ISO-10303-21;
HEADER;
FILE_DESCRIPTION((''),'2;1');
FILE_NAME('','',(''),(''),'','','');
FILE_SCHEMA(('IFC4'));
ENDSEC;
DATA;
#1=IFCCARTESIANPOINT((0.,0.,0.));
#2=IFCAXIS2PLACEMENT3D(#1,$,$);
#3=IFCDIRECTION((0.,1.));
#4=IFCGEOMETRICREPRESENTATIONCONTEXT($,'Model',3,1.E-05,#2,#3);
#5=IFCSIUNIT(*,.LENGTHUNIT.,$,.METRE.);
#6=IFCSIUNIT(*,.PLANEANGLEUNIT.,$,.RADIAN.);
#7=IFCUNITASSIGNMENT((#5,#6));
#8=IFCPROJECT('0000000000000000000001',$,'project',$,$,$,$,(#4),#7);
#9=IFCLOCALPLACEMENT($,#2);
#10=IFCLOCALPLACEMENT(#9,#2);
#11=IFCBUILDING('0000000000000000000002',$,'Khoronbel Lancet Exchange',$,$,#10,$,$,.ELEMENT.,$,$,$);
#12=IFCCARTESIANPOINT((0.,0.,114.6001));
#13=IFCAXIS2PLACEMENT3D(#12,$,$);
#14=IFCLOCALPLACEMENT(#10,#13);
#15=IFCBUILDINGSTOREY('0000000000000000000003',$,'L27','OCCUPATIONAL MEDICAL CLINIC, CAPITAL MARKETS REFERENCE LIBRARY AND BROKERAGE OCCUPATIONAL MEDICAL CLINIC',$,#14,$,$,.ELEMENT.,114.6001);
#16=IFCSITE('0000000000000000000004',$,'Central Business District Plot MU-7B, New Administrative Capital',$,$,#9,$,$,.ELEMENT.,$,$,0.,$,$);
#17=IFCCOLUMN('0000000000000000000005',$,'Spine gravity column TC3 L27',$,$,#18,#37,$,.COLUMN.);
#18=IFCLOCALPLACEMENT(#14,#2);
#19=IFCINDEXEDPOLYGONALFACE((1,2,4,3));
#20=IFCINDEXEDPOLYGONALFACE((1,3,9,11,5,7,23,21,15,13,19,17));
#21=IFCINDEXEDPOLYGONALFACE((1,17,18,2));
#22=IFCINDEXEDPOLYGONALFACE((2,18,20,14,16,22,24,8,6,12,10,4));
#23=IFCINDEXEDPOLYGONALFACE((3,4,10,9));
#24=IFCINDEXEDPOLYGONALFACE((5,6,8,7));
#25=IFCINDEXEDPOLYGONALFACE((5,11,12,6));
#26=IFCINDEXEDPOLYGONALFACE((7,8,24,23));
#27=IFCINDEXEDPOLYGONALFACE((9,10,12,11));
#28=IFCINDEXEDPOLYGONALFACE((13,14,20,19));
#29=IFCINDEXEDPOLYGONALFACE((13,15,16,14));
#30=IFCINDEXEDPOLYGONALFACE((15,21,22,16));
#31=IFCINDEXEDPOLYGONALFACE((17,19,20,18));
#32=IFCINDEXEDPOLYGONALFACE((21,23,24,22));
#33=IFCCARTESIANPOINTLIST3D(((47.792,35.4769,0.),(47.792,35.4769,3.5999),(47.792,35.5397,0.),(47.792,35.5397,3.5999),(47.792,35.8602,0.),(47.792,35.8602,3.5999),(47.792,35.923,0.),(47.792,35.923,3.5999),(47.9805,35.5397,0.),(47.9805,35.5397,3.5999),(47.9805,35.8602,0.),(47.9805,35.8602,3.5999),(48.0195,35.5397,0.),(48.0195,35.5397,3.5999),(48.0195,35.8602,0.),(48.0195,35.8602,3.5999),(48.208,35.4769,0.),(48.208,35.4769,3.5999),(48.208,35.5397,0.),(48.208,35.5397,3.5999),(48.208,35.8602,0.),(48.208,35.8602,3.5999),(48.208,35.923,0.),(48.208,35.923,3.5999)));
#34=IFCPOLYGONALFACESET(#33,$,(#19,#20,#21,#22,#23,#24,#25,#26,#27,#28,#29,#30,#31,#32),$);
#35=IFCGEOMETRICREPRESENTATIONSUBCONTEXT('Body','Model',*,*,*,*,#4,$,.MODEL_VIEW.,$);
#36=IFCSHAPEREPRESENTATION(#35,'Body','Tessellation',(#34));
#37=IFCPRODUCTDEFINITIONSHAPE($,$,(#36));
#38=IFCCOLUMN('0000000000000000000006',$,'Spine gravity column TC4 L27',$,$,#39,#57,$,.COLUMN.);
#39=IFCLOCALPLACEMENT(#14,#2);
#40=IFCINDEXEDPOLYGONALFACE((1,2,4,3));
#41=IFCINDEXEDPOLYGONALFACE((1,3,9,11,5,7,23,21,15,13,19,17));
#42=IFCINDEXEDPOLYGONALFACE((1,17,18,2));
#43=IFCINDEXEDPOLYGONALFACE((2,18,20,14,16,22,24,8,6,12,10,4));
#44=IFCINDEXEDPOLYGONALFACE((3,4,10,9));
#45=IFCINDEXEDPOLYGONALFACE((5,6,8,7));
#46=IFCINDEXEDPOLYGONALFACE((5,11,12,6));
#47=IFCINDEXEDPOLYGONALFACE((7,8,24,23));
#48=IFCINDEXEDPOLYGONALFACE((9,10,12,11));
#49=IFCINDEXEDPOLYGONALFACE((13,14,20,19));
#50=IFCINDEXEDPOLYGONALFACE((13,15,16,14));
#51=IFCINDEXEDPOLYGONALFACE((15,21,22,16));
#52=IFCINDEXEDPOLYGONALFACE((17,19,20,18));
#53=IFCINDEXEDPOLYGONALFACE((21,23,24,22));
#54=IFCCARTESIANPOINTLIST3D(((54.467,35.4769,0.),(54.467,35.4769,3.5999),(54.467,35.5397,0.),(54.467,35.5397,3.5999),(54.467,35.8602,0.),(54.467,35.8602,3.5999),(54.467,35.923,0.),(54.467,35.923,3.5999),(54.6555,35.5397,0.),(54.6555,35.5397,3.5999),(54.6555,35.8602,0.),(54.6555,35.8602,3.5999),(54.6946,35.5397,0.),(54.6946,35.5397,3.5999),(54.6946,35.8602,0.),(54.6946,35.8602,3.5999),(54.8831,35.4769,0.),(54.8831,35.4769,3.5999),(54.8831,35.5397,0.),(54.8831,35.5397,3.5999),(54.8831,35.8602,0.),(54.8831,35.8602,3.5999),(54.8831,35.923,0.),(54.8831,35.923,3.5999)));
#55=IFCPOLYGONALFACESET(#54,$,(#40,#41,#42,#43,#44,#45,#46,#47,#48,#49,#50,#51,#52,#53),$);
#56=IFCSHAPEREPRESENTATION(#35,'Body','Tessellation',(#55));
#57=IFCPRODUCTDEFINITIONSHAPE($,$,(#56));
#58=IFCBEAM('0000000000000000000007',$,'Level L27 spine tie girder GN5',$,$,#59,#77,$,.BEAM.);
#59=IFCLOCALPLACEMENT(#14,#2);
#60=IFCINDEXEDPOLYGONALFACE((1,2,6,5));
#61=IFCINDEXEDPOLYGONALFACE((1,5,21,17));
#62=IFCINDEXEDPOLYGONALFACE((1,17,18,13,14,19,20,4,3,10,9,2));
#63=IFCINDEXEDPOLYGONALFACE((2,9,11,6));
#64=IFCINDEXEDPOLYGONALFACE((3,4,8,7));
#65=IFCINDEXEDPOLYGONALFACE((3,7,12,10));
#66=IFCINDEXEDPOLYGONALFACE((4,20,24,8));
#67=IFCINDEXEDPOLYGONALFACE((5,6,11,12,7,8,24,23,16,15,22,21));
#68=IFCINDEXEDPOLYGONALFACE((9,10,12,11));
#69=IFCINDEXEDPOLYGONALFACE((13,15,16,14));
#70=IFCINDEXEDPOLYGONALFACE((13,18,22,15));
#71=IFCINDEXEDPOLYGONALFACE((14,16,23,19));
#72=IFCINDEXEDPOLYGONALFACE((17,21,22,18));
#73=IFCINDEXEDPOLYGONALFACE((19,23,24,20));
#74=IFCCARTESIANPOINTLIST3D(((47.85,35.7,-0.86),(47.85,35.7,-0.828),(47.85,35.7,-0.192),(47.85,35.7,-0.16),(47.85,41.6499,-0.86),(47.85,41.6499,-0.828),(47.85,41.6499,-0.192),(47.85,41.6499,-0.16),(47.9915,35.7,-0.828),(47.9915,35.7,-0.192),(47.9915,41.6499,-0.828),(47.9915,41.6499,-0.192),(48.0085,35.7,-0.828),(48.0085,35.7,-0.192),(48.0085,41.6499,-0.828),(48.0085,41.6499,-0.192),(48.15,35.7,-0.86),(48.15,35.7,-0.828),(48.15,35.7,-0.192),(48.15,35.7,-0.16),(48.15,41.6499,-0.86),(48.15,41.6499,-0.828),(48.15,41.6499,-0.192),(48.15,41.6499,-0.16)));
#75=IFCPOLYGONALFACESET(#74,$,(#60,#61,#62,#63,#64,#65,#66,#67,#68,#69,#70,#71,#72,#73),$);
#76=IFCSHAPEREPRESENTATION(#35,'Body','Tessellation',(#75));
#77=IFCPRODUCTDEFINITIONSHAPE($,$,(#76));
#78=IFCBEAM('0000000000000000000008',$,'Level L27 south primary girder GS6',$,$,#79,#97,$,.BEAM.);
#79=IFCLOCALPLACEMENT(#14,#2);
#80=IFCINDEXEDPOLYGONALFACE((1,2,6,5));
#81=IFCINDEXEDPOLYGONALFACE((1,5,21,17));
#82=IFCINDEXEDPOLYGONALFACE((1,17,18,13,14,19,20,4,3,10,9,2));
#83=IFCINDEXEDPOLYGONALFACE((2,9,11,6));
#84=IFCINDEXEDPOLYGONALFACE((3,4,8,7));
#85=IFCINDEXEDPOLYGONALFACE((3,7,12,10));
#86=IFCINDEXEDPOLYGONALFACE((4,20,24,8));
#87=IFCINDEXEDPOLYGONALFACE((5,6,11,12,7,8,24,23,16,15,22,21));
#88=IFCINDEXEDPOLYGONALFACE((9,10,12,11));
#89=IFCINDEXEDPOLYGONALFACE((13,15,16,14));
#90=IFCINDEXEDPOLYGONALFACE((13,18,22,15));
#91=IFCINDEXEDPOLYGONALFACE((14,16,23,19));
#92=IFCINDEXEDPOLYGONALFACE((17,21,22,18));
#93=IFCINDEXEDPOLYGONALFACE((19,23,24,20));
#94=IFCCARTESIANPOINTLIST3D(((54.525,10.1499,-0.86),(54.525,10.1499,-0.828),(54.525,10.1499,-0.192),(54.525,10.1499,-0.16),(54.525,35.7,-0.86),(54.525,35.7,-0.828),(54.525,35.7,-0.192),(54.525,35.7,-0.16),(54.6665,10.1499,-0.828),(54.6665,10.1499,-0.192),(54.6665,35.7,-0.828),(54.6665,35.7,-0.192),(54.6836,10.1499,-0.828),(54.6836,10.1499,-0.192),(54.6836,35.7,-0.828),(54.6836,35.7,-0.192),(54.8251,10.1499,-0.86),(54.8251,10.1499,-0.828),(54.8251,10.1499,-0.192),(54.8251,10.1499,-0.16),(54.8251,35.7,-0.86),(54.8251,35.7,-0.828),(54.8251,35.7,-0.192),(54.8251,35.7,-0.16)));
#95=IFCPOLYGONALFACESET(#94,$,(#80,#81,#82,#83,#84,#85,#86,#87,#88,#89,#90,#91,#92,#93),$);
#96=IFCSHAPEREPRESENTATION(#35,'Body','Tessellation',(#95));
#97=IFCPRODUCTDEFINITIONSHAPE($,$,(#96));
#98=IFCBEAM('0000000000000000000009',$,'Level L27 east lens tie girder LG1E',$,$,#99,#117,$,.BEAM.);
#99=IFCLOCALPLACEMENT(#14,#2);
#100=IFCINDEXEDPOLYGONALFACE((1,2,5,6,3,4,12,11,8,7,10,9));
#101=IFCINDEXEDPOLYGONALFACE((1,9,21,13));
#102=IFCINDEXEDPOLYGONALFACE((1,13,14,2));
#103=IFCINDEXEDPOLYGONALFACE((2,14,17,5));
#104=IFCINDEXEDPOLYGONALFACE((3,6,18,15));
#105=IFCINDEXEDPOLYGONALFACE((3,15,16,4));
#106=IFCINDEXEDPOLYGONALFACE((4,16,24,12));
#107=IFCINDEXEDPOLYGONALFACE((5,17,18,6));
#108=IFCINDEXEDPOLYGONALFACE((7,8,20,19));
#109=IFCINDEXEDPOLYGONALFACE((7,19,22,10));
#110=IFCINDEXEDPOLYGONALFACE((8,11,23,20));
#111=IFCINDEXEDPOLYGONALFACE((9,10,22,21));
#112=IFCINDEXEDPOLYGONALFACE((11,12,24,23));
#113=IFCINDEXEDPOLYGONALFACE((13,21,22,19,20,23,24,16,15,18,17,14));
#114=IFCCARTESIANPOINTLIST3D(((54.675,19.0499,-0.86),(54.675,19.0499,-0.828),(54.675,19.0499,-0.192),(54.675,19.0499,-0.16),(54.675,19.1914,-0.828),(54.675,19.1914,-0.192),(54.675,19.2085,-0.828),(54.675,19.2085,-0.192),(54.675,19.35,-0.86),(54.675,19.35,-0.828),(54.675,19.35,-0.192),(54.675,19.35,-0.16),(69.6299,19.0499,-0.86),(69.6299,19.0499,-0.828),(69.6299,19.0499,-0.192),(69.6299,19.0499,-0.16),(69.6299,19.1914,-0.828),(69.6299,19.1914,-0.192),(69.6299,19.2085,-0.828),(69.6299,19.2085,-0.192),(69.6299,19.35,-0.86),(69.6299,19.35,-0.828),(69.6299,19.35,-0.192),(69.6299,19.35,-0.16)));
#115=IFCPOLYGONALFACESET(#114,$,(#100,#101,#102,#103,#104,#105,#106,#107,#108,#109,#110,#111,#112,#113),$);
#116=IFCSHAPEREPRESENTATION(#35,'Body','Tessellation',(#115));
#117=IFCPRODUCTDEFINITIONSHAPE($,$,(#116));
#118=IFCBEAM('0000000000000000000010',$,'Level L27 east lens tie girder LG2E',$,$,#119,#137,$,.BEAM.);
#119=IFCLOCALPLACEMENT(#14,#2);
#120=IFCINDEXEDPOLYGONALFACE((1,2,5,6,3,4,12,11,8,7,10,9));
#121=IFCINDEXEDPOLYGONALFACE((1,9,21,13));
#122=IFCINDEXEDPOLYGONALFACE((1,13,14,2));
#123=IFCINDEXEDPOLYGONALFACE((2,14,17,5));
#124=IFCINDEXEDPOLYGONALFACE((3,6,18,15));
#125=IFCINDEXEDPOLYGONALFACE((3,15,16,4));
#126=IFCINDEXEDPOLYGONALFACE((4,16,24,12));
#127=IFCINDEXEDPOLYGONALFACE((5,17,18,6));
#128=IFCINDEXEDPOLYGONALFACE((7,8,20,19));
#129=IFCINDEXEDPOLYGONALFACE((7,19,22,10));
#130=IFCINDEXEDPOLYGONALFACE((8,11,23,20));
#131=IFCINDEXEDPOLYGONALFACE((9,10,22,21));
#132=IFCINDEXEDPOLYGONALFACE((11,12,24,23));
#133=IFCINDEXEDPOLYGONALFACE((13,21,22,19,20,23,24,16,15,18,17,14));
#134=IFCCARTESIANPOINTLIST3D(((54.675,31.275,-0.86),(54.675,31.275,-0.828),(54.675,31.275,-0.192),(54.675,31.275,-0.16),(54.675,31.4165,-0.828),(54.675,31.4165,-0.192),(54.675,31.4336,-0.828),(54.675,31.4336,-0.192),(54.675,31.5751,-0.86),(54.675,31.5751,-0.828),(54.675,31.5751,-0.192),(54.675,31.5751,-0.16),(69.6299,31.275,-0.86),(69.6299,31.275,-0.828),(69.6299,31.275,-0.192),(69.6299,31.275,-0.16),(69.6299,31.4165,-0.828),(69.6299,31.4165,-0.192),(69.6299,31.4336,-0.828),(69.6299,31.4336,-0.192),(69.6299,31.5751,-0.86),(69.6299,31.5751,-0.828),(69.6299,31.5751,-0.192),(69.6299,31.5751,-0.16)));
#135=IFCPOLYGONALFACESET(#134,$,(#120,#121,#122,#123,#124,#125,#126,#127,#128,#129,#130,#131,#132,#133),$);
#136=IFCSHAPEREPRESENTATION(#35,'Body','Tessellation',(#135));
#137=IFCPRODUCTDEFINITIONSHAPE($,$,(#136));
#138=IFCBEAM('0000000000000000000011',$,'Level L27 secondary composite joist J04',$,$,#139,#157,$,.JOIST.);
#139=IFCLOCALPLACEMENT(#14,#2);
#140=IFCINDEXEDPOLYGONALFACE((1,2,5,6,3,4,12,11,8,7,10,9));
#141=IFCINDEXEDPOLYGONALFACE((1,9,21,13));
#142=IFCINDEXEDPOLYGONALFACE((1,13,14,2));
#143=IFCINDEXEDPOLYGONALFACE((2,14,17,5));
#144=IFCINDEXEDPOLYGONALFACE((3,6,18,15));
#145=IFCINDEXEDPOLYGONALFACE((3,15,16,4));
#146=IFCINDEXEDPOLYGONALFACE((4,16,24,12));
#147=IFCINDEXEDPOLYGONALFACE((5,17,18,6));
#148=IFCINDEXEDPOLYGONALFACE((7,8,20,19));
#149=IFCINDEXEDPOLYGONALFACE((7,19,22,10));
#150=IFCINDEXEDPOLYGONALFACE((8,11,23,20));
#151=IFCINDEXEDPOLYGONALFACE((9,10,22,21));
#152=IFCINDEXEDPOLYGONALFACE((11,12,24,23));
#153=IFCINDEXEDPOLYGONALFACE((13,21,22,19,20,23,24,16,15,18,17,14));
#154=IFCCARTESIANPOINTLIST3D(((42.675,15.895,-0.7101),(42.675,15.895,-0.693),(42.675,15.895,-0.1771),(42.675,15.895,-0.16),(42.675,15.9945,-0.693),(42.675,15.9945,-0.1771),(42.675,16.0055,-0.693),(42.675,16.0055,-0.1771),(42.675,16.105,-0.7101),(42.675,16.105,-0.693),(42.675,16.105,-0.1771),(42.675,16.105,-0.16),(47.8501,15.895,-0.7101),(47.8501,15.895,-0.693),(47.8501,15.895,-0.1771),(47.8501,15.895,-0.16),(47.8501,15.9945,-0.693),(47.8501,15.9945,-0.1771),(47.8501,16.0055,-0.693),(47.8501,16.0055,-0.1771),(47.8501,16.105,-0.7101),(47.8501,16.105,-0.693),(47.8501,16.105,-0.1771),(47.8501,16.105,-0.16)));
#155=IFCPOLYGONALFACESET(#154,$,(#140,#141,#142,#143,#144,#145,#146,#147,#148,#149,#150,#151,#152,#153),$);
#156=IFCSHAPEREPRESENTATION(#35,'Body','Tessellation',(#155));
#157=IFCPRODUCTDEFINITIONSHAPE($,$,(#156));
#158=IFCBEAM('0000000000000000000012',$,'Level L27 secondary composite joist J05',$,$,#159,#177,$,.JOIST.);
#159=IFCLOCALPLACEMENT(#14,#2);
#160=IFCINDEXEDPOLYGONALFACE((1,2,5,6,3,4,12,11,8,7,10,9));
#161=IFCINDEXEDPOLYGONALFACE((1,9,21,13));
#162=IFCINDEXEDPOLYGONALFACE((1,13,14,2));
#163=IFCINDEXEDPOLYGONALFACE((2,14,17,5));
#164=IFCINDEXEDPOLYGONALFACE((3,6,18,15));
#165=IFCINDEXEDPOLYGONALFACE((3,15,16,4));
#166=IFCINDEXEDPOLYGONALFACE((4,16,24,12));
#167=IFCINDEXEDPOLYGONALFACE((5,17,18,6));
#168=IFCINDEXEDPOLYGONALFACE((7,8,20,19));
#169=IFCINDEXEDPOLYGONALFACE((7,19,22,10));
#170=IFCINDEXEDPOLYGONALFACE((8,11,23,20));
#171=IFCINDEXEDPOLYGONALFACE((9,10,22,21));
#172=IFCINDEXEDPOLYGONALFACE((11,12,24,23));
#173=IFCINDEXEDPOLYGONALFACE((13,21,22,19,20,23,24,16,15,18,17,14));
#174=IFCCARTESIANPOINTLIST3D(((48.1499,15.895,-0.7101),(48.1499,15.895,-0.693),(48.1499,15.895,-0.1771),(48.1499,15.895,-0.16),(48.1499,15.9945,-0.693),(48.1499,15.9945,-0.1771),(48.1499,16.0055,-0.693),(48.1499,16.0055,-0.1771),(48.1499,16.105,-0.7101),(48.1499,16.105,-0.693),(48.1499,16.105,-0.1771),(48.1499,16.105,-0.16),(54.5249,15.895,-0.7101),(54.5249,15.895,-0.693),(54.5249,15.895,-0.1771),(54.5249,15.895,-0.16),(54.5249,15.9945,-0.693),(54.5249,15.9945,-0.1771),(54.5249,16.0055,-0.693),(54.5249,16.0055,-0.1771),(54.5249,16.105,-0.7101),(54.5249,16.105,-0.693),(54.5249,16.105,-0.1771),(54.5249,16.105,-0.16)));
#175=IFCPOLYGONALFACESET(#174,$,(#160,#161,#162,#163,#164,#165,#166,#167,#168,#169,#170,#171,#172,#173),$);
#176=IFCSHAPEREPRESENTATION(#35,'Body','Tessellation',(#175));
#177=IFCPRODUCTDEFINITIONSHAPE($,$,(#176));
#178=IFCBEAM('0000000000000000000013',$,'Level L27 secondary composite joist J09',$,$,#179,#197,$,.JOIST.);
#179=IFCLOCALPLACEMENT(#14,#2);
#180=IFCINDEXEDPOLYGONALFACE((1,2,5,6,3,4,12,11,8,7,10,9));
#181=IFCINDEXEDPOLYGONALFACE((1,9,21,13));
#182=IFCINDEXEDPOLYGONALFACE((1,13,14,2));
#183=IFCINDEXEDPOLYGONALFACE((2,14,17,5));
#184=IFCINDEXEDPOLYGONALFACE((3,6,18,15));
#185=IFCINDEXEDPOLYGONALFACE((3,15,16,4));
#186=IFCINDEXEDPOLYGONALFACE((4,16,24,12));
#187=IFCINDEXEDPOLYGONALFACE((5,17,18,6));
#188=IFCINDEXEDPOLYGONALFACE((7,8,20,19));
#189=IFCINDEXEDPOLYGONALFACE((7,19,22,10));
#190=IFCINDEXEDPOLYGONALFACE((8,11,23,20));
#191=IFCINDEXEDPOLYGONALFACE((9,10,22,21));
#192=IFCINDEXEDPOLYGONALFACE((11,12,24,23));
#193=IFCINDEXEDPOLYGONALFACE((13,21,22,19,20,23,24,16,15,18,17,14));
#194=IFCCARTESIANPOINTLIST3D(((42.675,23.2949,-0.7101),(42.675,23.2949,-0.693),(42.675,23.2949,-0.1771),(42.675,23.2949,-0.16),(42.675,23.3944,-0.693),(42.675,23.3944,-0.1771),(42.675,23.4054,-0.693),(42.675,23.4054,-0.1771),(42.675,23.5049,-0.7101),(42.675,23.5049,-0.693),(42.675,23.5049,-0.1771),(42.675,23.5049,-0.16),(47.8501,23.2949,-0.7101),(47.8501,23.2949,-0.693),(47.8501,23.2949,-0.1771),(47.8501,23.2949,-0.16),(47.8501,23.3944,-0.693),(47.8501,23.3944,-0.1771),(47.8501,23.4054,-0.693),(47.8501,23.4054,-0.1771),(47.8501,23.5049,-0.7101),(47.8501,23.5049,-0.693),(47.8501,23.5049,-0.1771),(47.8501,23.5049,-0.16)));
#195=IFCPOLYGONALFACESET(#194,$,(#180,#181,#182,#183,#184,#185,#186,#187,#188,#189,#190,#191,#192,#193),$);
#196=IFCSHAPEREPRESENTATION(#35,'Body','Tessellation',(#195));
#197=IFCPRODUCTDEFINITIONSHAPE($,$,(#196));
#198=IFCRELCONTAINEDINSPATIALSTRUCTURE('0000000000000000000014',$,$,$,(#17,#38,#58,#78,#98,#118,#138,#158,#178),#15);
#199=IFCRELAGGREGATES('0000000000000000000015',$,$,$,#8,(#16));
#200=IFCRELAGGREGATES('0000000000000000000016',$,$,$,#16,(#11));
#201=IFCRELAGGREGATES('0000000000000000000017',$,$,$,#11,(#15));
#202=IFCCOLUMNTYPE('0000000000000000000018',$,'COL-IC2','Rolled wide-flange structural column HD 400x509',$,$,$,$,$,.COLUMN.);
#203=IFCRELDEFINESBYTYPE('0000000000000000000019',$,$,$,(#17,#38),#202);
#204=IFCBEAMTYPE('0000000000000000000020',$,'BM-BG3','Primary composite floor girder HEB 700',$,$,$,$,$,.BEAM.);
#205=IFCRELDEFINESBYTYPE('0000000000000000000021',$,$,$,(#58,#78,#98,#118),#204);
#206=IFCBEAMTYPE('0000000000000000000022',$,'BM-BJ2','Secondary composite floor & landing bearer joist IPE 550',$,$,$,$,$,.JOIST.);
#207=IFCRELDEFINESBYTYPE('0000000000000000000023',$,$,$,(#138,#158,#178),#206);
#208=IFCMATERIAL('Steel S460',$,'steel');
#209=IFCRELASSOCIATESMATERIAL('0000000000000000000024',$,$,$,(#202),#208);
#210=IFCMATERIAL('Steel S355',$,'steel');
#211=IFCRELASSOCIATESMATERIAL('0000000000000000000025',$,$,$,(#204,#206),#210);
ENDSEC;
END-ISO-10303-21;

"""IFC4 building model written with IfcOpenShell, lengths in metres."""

from ifc_helpers import new_model, si_unit, direction, frame, origin, origin_2d, place, context, subcontext, project, spatial, i_section, extrude, material, material_profile, profile_set, type_object, element, save


model = new_model("IFC4")

# Units and contexts
model_context = context("Model", 3, precision=1e-05, world=origin(), true_north=direction((0.0, 1.0)))
body_context = subcontext(model_context, "Body", "Model", "MODEL_VIEW")
ifc_project = project(units=[si_unit("LENGTHUNIT", "METRE"), si_unit("PLANEANGLEUNIT", "RADIAN")], contexts=[model_context])

# Site, building, storey
site_placement = place(None, origin())
site = spatial("IfcSite", under=ifc_project, at=site_placement, Name="Central Business District Plot MU-7B, New Administrative Capital", CompositionType="ELEMENT", RefElevation=0.0)
building_placement = place(site_placement, origin())
building = spatial("IfcBuilding", under=site, at=building_placement, Name="Khoronbel Lancet Exchange", CompositionType="ELEMENT")
storey_placement = place(building_placement, frame((0.0, 0.0, 114.6001)))
storey = spatial("IfcBuildingStorey", under=building, at=storey_placement, Name="L27", Description="OCCUPATIONAL MEDICAL CLINIC, CAPITAL MARKETS REFERENCE LIBRARY AND BROKERAGE OCCUPATIONAL MEDICAL CLINIC", CompositionType="ELEMENT", Elevation=114.6001)

# Columns
ifc_material_1 = material(Name="Steel S460", Category="steel")
ifc_material_profile_1 = material_profile(ifc_material_1, i_section(OverallWidth=0.416, OverallDepth=0.446, WebThickness=0.0391, FlangeThickness=0.0627, at=origin_2d()), Name="HD 400x509")
ifc_profile_set_1 = profile_set([ifc_material_profile_1], Name="Steel S460")
column_type = type_object("IfcColumnType", Name="COL-IC2", Description="Rolled wide-flange structural column HD 400x509", PredefinedType="COLUMN", material=ifc_profile_set_1)
for number, where, z_axis, x_axis, name in (
    (1, (48.0, 35.7, 0.0), (0.0, 0.0, 1.0), (1.0, 0.0, 0.0), "Spine gravity column TC3 L27"),
    (2, (54.675, 35.7, 0.0), (0.0, 0.0, 1.0), (1.0, 0.0, 0.0), "Spine gravity column TC4 L27"),
):
    element("IfcColumn", number, at=place(storey_placement, frame(where, z_axis=z_axis, x_axis=x_axis)), inside=storey, type_object=column_type, Name=name, PredefinedType="COLUMN", context=body_context, shape_type="SweptSolid", body=[
        extrude(i_section(OverallWidth=0.416, OverallDepth=0.446, WebThickness=0.0391, FlangeThickness=0.0627, at=origin_2d()), origin(), (0.0, 0.0, 1.0), 3.5999),
    ])

# Beams
ifc_material_2 = material(Name="Steel S355", Category="steel")
ifc_material_profile_2 = material_profile(ifc_material_2, i_section(OverallWidth=0.3, OverallDepth=0.7, WebThickness=0.0171, FlangeThickness=0.032, at=origin_2d()), Name="HEB 700")
ifc_profile_set_2 = profile_set([ifc_material_profile_2], Name="Steel S355")
beam_type_1 = type_object("IfcBeamType", Name="BM-BG3", Description="Primary composite floor girder HEB 700", PredefinedType="BEAM", material=ifc_profile_set_2)
beam_1_placement = place(storey_placement, frame((48.0, 35.7, -0.51), z_axis=(0.0, 1.0, 0.0), x_axis=(-1.0, 0.0, 0.0)))
element("IfcBeam", 3, at=beam_1_placement, inside=storey, type_object=beam_type_1, Name="Level L27 spine tie girder GN5", PredefinedType="BEAM", context=body_context, shape_type="SweptSolid", body=[
    extrude(i_section(OverallWidth=0.3, OverallDepth=0.7, WebThickness=0.0171, FlangeThickness=0.032, at=origin_2d()), origin(), (0.0, 0.0, 1.0), 5.95),
])
beam_2_placement = place(storey_placement, frame((54.675, 10.1499, -0.51), z_axis=(0.0, 1.0, 0.0), x_axis=(-1.0, 0.0, 0.0)))
element("IfcBeam", 4, at=beam_2_placement, inside=storey, type_object=beam_type_1, Name="Level L27 south primary girder GS6", PredefinedType="BEAM", context=body_context, shape_type="SweptSolid", body=[
    extrude(i_section(OverallWidth=0.3, OverallDepth=0.7, WebThickness=0.0171, FlangeThickness=0.032, at=origin_2d()), origin(), (0.0, 0.0, 1.0), 25.55),
])
for number, where, z_axis, x_axis, name in (
    (5, (54.675, 19.2, -0.51), (1.0, 0.0, 0.0), (0.0, 1.0, 0.0), "Level L27 east lens tie girder LG1E"),
    (6, (54.675, 31.425, -0.51), (1.0, 0.0, 0.0), (0.0, 1.0, 0.0), "Level L27 east lens tie girder LG2E"),
):
    element("IfcBeam", number, at=place(storey_placement, frame(where, z_axis=z_axis, x_axis=x_axis)), inside=storey, type_object=beam_type_1, Name=name, PredefinedType="BEAM", context=body_context, shape_type="SweptSolid", body=[
        extrude(i_section(OverallWidth=0.3, OverallDepth=0.7, WebThickness=0.0171, FlangeThickness=0.032, at=origin_2d()), origin(), (0.0, 0.0, 1.0), 14.9548),
    ])
ifc_material_profile_3 = material_profile(ifc_material_2, i_section(OverallWidth=0.21, OverallDepth=0.55, WebThickness=0.011, FlangeThickness=0.0171, at=origin_2d()), Name="IPE 550")
ifc_profile_set_3 = profile_set([ifc_material_profile_3], Name="Steel S355")
beam_type_2 = type_object("IfcBeamType", Name="BM-BJ2", Description="Secondary composite floor & landing bearer joist IPE 550", PredefinedType="JOIST", material=ifc_profile_set_3)
beam_3_placement = place(storey_placement, frame((42.675, 16.0, -0.4351), z_axis=(1.0, 0.0, 0.0), x_axis=(0.0, 1.0, 0.0)))
element("IfcBeam", 7, at=beam_3_placement, inside=storey, type_object=beam_type_2, Name="Level L27 secondary composite joist J04", PredefinedType="JOIST", context=body_context, shape_type="SweptSolid", body=[
    extrude(i_section(OverallWidth=0.21, OverallDepth=0.55, WebThickness=0.011, FlangeThickness=0.0171, at=origin_2d()), origin(), (0.0, 0.0, 1.0), 5.175),
])
beam_4_placement = place(storey_placement, frame((48.1499, 16.0, -0.4351), z_axis=(1.0, 0.0, 0.0), x_axis=(0.0, 1.0, 0.0)))
element("IfcBeam", 8, at=beam_4_placement, inside=storey, type_object=beam_type_2, Name="Level L27 secondary composite joist J05", PredefinedType="JOIST", context=body_context, shape_type="SweptSolid", body=[
    extrude(i_section(OverallWidth=0.21, OverallDepth=0.55, WebThickness=0.011, FlangeThickness=0.0171, at=origin_2d()), origin(), (0.0, 0.0, 1.0), 6.375),
])
beam_5_placement = place(storey_placement, frame((42.675, 23.3999, -0.4351), z_axis=(1.0, 0.0, 0.0), x_axis=(0.0, 1.0, 0.0)))
element("IfcBeam", 9, at=beam_5_placement, inside=storey, type_object=beam_type_2, Name="Level L27 secondary composite joist J09", PredefinedType="JOIST", context=body_context, shape_type="SweptSolid", body=[
    extrude(i_section(OverallWidth=0.21, OverallDepth=0.55, WebThickness=0.011, FlangeThickness=0.0171, at=origin_2d()), origin(), (0.0, 0.0, 1.0), 5.175),
])

save(model, "model.ifc")
